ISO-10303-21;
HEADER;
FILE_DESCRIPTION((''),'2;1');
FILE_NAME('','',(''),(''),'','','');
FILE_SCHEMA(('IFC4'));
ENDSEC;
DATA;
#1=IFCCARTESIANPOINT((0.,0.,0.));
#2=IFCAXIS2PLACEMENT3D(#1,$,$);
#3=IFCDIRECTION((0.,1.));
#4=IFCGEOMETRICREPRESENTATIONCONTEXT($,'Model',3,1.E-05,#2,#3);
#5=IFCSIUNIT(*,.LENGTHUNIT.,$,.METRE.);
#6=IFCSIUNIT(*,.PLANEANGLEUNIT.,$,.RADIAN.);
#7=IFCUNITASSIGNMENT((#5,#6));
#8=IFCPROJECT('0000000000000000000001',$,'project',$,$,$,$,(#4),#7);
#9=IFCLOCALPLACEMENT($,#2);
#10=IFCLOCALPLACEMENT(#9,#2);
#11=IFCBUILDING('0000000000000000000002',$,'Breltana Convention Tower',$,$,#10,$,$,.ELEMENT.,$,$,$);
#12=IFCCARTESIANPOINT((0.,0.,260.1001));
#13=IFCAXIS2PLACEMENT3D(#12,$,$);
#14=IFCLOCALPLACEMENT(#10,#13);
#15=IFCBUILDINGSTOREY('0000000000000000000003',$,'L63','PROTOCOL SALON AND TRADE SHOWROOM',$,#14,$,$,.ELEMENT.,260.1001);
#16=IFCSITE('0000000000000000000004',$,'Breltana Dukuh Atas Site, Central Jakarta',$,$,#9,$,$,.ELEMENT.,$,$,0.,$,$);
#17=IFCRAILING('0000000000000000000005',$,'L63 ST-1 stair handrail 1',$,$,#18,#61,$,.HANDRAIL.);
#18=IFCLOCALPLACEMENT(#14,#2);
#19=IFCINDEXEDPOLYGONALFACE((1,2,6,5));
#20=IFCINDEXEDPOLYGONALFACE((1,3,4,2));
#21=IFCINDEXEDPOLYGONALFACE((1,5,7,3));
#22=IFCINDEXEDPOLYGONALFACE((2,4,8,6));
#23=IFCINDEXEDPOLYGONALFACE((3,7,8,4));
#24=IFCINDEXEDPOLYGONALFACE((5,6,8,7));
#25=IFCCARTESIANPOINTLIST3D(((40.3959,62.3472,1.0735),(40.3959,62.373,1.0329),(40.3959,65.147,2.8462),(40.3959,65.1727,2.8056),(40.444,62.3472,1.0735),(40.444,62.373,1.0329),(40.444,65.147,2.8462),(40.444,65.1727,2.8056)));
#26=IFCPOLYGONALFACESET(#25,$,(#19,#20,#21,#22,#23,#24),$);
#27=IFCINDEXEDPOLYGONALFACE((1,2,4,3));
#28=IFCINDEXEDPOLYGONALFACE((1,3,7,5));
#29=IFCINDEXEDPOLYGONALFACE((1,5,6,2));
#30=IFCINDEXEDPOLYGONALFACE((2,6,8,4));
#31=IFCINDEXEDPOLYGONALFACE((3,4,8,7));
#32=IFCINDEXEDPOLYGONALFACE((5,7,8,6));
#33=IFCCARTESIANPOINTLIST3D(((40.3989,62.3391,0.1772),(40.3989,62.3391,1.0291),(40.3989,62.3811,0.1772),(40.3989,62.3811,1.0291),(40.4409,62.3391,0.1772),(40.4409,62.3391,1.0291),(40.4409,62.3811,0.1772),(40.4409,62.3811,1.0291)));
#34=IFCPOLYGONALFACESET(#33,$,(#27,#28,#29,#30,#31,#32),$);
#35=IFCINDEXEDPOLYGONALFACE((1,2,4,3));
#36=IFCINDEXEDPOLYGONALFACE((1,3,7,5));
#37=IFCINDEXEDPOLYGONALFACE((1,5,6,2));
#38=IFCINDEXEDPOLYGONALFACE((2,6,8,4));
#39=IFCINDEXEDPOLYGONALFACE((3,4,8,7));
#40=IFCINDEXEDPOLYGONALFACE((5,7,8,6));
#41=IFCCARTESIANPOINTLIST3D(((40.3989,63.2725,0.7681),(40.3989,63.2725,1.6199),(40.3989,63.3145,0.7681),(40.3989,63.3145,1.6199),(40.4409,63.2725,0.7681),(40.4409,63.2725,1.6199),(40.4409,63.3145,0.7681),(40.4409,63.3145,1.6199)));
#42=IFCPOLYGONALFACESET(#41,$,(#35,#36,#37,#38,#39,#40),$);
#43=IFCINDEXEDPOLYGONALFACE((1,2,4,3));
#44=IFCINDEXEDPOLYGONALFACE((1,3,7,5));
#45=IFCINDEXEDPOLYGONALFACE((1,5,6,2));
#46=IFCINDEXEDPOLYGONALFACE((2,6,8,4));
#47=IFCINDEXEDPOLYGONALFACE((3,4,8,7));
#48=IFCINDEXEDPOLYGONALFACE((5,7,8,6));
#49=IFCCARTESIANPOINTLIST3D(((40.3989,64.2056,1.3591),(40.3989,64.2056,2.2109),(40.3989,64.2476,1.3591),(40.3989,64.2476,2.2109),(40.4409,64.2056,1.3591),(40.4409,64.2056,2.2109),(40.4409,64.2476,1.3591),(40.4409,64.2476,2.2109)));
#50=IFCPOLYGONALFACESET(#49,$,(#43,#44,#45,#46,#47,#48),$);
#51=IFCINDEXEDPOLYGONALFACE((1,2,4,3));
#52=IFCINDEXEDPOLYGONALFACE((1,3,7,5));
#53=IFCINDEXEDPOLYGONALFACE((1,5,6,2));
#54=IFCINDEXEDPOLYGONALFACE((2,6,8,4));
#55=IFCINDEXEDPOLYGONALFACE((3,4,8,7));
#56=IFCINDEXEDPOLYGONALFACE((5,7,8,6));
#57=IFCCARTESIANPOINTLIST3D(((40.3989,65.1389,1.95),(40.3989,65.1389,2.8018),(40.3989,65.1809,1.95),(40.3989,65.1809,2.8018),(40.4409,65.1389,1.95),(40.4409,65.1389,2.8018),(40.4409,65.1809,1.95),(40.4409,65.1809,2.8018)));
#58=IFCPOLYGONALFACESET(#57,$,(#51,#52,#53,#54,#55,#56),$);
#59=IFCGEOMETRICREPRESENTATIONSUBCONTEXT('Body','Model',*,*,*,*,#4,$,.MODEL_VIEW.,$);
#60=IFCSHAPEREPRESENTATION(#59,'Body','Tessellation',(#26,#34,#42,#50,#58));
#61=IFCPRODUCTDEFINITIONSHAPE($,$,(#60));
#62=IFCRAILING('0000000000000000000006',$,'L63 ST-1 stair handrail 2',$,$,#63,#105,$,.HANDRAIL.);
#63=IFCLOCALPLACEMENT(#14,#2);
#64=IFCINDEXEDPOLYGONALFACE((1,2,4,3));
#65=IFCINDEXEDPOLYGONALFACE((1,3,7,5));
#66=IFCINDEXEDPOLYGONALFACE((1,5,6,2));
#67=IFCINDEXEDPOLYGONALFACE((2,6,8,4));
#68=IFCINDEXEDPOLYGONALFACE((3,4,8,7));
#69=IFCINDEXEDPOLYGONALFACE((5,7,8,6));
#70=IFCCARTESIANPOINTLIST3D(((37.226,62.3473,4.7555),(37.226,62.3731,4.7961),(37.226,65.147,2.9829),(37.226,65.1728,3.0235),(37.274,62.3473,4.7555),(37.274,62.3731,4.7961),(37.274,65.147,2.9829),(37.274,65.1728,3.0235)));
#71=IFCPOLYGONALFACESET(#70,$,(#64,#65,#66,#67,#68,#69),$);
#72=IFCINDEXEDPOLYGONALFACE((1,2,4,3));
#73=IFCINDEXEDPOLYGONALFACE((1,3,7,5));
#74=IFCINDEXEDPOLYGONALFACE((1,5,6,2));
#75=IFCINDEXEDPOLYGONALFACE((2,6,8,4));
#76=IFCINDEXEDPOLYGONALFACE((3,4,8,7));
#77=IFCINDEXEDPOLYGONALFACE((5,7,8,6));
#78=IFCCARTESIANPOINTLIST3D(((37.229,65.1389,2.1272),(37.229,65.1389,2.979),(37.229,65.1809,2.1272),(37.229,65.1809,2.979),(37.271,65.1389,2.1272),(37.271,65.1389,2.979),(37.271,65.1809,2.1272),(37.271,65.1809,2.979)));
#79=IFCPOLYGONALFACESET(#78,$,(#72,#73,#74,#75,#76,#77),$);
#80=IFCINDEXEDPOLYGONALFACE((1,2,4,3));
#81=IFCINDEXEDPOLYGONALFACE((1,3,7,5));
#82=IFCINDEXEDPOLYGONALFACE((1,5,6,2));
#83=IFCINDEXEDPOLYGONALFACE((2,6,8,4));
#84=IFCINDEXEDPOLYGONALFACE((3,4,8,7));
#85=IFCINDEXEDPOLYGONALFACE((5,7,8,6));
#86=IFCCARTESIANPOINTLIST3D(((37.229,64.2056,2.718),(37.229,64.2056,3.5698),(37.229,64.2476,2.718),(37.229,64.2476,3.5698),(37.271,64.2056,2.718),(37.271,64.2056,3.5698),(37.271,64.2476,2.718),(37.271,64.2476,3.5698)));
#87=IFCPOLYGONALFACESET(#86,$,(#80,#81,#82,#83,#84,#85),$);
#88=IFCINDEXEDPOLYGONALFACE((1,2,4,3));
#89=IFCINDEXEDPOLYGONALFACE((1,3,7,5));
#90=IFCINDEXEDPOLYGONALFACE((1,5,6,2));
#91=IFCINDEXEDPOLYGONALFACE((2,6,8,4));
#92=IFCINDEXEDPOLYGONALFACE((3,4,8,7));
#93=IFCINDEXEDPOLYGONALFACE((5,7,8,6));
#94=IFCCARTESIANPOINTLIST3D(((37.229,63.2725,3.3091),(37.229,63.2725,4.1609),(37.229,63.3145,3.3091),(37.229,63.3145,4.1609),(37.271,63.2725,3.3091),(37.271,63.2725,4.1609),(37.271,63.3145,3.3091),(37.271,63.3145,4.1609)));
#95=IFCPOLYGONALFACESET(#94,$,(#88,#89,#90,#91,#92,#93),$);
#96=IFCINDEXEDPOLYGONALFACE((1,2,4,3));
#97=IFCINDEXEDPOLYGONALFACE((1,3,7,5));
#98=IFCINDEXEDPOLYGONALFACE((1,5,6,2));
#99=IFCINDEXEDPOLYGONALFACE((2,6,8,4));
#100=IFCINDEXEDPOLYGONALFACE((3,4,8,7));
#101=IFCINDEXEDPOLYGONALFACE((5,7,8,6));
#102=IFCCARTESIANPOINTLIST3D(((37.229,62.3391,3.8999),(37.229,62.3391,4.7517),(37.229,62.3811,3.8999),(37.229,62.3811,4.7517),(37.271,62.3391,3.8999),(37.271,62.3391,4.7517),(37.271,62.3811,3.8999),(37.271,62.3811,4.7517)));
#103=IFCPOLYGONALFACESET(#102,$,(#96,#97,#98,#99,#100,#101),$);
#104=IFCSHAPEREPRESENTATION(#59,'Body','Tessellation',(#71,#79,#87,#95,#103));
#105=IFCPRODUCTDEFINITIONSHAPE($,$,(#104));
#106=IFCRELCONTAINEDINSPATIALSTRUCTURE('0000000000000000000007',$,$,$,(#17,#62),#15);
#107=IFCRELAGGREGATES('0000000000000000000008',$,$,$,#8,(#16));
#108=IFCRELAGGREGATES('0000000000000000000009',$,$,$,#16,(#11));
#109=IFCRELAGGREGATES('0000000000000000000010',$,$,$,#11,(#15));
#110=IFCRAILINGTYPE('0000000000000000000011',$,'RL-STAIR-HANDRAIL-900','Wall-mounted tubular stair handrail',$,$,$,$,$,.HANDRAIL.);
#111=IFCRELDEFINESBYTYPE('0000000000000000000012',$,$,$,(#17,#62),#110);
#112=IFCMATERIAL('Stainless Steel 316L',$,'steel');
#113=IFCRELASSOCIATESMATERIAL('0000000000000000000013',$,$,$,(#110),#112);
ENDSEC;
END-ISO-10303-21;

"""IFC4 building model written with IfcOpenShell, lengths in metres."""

from ifc_helpers import new_model, si_unit, direction, frame, origin, origin_2d, place, context, subcontext, project, spatial, rectangle, extrude, material, type_object, element, save


model = new_model("IFC4")

# Units and contexts
model_context = context("Model", 3, precision=1e-05, world=origin(), true_north=direction((0.0, 1.0)))
body_context = subcontext(model_context, "Body", "Model", "MODEL_VIEW")
ifc_project = project(units=[si_unit("LENGTHUNIT", "METRE"), si_unit("PLANEANGLEUNIT", "RADIAN")], contexts=[model_context])

# Site, building, storey
site_placement = place(None, origin())
site = spatial("IfcSite", under=ifc_project, at=site_placement, Name="Breltana Dukuh Atas Site, Central Jakarta", CompositionType="ELEMENT", RefElevation=0.0)
building_placement = place(site_placement, origin())
building = spatial("IfcBuilding", under=site, at=building_placement, Name="Breltana Convention Tower", CompositionType="ELEMENT")
storey_placement = place(building_placement, frame((0.0, 0.0, 260.1001)))
storey = spatial("IfcBuildingStorey", under=building, at=storey_placement, Name="L63", Description="PROTOCOL SALON AND TRADE SHOWROOM", CompositionType="ELEMENT", Elevation=260.1001)

# Railings
ifc_material_1 = material(Name="Stainless Steel 316L", Category="steel")
railing_type_1 = type_object("IfcRailingType", Name="RL-STAIR-HANDRAIL-900", Description="Wall-mounted tubular stair handrail", PredefinedType="HANDRAIL", material=ifc_material_1)
railing_1_placement = place(storey_placement, frame((40.4199, 62.3601, 0.1772)))
element("IfcRailing", 1, at=railing_1_placement, inside=storey, type_object=railing_type_1, Name="L63 ST-1 stair handrail 1", PredefinedType="HANDRAIL", context=body_context, shape_type="SweptSolid", body=[
    extrude(rectangle(XDim=0.0481, YDim=0.0481, at=origin_2d()), frame((0.0, 0.0, 0.876), z_axis=(0.0, 0.844888, 0.534943), x_axis=(-1.0, 0.0, 0.0)), (0.0, 0.0, 1.0), 3.3137),
    extrude(rectangle(XDim=0.042, YDim=0.042, at=origin_2d()), origin(), (0.0, 0.0, 1.0), 0.8518),
    extrude(rectangle(XDim=0.042, YDim=0.042, at=origin_2d()), frame((0.0, 0.9333, 0.5908)), (0.0, 0.0, 1.0), 0.8518),
    extrude(rectangle(XDim=0.042, YDim=0.042, at=origin_2d()), frame((0.0, 1.8665, 1.1819)), (0.0, 0.0, 1.0), 0.8518),
    extrude(rectangle(XDim=0.042, YDim=0.042, at=origin_2d()), frame((0.0, 2.7998, 1.7727)), (0.0, 0.0, 1.0), 0.8518),
])
railing_2_placement = place(storey_placement, frame((37.25, 65.1599, 2.1272)))
element("IfcRailing", 2, at=railing_2_placement, inside=storey, type_object=railing_type_1, Name="L63 ST-1 stair handrail 2", PredefinedType="HANDRAIL", context=body_context, shape_type="SweptSolid", body=[
    extrude(rectangle(XDim=0.0481, YDim=0.0481, at=origin_2d()), frame((0.0, 0.0, 0.876), z_axis=(0.0, -0.844888, 0.534943), x_axis=(1.0, 0.0, 0.0)), (0.0, 0.0, 1.0), 3.3137),
    extrude(rectangle(XDim=0.042, YDim=0.042, at=origin_2d()), origin(), (0.0, 0.0, 1.0), 0.8518),
    extrude(rectangle(XDim=0.042, YDim=0.042, at=origin_2d()), frame((0.0, -0.9333, 0.5908)), (0.0, 0.0, 1.0), 0.8518),
    extrude(rectangle(XDim=0.042, YDim=0.042, at=origin_2d()), frame((0.0, -1.8665, 1.1819)), (0.0, 0.0, 1.0), 0.8518),
    extrude(rectangle(XDim=0.042, YDim=0.042, at=origin_2d()), frame((0.0, -2.7998, 1.7727)), (0.0, 0.0, 1.0), 0.8518),
])

save(model, "model.ifc")
